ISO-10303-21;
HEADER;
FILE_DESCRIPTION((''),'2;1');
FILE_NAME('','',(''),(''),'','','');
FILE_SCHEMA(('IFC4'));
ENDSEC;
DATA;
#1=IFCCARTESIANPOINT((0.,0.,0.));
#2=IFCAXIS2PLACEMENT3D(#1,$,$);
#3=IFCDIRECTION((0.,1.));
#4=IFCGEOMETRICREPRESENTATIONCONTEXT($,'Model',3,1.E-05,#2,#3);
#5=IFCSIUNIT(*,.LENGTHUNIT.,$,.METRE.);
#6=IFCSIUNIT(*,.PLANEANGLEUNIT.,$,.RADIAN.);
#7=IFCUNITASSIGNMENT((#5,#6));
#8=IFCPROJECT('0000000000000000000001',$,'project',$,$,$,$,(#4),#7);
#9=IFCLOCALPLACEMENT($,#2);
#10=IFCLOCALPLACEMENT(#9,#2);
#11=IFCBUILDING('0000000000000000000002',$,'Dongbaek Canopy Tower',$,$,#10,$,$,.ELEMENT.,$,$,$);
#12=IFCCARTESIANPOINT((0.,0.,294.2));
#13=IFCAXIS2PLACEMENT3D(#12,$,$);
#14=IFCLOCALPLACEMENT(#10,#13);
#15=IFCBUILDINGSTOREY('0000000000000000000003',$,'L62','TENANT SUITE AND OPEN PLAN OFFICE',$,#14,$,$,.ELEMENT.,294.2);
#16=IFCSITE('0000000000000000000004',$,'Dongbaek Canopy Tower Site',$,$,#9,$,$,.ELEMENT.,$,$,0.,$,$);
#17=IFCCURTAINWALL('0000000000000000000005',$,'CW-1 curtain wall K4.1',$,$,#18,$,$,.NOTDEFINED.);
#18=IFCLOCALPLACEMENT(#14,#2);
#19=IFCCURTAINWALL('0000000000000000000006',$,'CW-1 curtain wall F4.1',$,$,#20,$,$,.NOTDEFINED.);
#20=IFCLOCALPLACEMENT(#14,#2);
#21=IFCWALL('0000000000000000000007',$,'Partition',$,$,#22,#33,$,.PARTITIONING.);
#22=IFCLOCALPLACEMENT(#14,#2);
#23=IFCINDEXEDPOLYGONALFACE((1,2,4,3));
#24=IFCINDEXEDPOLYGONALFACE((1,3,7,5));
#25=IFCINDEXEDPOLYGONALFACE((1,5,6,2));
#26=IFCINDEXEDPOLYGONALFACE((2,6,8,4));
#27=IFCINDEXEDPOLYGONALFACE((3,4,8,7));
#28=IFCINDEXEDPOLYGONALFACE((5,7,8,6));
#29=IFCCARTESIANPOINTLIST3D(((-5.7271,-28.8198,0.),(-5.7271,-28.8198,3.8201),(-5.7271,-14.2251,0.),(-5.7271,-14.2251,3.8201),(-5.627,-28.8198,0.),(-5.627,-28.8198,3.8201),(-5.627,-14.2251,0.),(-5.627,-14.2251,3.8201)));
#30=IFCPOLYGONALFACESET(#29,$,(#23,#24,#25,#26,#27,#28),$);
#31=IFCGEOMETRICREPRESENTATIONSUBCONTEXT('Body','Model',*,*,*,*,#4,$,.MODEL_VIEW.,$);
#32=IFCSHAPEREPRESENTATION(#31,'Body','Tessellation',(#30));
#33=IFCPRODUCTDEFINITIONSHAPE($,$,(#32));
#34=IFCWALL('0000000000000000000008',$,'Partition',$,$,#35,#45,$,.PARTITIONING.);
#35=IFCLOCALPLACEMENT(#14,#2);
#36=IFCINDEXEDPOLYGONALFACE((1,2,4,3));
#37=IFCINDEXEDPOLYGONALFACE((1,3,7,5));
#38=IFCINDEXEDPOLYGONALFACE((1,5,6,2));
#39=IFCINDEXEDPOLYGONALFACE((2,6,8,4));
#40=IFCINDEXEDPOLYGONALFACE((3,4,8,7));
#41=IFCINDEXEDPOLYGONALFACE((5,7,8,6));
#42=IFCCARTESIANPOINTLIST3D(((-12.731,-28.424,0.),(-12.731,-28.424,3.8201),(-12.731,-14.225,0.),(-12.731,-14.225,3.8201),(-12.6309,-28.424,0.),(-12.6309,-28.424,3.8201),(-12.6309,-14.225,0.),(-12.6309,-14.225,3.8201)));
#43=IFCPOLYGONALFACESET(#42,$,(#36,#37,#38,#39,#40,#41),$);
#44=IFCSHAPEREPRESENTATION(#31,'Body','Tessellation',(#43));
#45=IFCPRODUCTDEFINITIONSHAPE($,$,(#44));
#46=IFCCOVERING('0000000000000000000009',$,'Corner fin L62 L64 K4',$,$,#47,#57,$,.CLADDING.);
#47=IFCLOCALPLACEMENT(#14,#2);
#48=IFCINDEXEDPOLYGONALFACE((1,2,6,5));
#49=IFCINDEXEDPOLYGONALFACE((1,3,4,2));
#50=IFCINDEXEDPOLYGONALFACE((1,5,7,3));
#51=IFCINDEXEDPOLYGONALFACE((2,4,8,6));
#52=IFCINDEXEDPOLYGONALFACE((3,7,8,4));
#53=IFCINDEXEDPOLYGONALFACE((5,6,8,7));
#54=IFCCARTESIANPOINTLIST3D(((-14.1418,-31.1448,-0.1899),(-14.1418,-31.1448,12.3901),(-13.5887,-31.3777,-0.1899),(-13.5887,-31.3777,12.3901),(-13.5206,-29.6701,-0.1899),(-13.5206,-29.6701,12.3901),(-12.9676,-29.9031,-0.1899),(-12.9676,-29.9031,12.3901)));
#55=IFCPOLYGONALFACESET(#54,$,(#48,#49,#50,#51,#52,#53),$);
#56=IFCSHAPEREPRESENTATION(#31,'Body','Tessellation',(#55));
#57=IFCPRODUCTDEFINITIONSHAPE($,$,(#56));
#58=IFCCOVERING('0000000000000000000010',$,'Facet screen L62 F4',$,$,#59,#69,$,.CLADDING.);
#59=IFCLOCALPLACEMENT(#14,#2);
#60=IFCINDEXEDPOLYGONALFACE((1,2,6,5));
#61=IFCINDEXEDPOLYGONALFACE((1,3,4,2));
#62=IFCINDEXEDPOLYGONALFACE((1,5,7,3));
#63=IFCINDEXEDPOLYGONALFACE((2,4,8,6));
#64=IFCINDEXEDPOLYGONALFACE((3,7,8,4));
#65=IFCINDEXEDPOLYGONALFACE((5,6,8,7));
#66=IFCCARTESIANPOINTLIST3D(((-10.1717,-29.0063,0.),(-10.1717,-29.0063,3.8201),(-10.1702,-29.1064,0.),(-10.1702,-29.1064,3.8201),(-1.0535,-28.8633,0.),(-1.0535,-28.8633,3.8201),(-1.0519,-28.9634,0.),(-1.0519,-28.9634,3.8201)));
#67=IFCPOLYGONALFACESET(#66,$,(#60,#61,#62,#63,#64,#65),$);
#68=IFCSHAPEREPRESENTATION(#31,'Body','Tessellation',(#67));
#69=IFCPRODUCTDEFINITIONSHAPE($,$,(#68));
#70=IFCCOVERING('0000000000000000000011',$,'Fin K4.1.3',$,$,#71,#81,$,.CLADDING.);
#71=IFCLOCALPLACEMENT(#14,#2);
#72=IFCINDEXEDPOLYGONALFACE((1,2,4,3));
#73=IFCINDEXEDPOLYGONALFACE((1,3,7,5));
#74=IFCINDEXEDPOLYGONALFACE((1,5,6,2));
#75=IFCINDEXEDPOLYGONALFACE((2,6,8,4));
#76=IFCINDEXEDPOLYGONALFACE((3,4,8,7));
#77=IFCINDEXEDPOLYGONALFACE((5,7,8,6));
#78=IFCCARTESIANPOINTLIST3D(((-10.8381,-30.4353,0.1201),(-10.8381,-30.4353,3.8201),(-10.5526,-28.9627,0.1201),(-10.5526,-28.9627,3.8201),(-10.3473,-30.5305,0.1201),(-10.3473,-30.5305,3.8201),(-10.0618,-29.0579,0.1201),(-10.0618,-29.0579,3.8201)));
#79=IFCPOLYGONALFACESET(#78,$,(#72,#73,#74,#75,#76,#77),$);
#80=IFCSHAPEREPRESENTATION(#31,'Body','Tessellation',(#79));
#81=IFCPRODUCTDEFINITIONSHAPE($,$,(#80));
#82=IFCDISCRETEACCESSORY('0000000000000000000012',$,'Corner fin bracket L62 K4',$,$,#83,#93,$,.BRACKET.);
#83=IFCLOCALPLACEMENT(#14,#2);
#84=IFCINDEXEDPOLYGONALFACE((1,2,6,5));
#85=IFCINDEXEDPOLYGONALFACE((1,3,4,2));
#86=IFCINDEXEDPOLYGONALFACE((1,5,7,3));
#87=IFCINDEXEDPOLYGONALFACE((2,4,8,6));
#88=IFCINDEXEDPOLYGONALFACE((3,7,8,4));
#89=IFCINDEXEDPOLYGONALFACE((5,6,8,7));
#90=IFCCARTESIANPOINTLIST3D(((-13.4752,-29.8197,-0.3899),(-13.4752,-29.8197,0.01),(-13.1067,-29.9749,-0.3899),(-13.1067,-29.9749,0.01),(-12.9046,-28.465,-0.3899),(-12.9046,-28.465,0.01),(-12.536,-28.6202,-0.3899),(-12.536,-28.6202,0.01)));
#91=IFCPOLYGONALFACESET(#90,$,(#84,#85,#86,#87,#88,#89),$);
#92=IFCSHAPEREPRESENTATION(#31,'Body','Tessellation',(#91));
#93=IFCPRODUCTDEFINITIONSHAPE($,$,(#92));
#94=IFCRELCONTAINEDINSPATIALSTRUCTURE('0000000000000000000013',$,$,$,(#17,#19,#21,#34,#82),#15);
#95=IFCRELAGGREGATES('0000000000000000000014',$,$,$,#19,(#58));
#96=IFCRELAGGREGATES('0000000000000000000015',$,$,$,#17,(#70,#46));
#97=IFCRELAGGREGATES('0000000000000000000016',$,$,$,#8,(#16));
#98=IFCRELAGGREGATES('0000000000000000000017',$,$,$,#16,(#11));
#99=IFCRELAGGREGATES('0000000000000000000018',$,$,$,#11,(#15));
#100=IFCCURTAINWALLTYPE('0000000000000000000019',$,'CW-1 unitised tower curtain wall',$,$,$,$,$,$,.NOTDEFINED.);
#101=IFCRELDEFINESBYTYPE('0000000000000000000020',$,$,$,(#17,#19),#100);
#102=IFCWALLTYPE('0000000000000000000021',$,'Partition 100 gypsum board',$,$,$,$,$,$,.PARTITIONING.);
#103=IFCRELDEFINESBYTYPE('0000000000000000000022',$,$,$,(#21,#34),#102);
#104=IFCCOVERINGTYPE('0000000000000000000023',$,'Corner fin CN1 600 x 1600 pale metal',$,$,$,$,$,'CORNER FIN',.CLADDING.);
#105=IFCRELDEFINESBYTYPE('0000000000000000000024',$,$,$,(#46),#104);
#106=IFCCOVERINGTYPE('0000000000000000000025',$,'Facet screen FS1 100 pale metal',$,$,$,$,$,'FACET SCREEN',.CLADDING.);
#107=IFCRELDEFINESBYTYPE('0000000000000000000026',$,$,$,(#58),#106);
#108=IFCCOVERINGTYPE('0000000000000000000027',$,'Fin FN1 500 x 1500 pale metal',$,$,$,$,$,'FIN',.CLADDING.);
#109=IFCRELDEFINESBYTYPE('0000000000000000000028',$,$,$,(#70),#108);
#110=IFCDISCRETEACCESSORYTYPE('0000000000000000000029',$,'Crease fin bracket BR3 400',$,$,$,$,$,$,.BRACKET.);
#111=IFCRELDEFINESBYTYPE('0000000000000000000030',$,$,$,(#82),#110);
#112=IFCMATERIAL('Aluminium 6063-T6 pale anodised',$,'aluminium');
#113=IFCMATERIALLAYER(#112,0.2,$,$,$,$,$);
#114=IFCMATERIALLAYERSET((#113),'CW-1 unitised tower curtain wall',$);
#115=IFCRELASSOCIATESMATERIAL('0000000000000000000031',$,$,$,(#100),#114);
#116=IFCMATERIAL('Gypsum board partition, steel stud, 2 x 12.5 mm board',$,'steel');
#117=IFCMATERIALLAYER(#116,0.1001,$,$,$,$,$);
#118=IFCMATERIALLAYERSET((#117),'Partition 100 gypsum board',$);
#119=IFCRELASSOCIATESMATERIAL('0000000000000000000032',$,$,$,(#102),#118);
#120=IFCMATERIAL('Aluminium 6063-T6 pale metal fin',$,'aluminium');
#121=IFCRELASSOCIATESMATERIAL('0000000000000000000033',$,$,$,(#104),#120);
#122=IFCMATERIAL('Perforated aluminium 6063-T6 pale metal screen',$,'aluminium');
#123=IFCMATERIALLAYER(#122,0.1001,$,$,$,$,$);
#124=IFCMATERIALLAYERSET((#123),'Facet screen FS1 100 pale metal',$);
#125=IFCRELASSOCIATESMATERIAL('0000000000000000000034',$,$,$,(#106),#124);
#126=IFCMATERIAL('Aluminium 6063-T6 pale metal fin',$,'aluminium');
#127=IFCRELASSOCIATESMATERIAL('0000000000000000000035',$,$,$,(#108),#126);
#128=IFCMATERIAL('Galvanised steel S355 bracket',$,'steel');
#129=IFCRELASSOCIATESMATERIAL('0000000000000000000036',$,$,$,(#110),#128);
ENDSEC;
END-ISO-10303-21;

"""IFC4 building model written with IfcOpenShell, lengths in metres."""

from ifc_helpers import new_model, si_unit, direction, frame, frame_2d, origin, origin_2d, place, context, subcontext, project, spatial, rectangle, extrude, material, layer, layer_set, material_profile, profile_set, type_object, element, aggregate, save


model = new_model("IFC4")

# Units and contexts
model_context = context("Model", 3, precision=1e-05, world=origin(), true_north=direction((0.0, 1.0)))
body_context = subcontext(model_context, "Body", "Model", "MODEL_VIEW")
ifc_project = project(units=[si_unit("LENGTHUNIT", "METRE"), si_unit("PLANEANGLEUNIT", "RADIAN")], contexts=[model_context])

# Site, building, storey
site_placement = place(None, origin())
site = spatial("IfcSite", under=ifc_project, at=site_placement, Name="Dongbaek Canopy Tower Site", CompositionType="ELEMENT", RefElevation=0.0)
building_placement = place(site_placement, origin())
building = spatial("IfcBuilding", under=site, at=building_placement, Name="Dongbaek Canopy Tower", CompositionType="ELEMENT")
storey_placement = place(building_placement, frame((0.0, 0.0, 294.2)))
storey = spatial("IfcBuildingStorey", under=building, at=storey_placement, Name="L62", Description="TENANT SUITE AND OPEN PLAN OFFICE", CompositionType="ELEMENT", Elevation=294.2)

# Curtain walls
ifc_material_1 = material(Name="Aluminium 6063-T6 pale anodised", Category="aluminium")
ifc_layer_1 = layer(ifc_material_1, 0.2)
ifc_layer_set_1 = layer_set([ifc_layer_1], Name="CW-1 unitised tower curtain wall")
curtain_wall_type = type_object("IfcCurtainWallType", Name="CW-1 unitised tower curtain wall", PredefinedType="NOTDEFINED", material=ifc_layer_set_1)
curtain_wall_1_placement = place(storey_placement, origin())
curtain_wall_1 = element("IfcCurtainWall", 1, at=curtain_wall_1_placement, inside=storey, type_object=curtain_wall_type, Name="CW-1 curtain wall K4.1", PredefinedType="NOTDEFINED")
curtain_wall_2_placement = place(storey_placement, origin())
curtain_wall_2 = element("IfcCurtainWall", 2, at=curtain_wall_2_placement, inside=storey, type_object=curtain_wall_type, Name="CW-1 curtain wall F4.1", PredefinedType="NOTDEFINED")

# Walls
ifc_material_2 = material(Name="Gypsum board partition, steel stud, 2 x 12.5 mm board", Category="steel")
ifc_layer_2 = layer(ifc_material_2, 0.1001)
ifc_layer_set_2 = layer_set([ifc_layer_2], Name="Partition 100 gypsum board")
wall_type_1 = type_object("IfcWallType", Name="Partition 100 gypsum board", PredefinedType="PARTITIONING", material=ifc_layer_set_2)
wall_1_placement = place(storey_placement, frame((-5.677, -28.8198, 0.0), z_axis=(0.0, 0.0, 1.0), x_axis=(0.0, 1.0, 0.0)))
element("IfcWall", 3, at=wall_1_placement, inside=storey, type_object=wall_type_1, Name="Partition", PredefinedType="PARTITIONING", context=body_context, shape_type="SweptSolid", body=[
    extrude(rectangle(XDim=14.5947, YDim=0.1001, at=frame_2d((7.2974, 0.0))), origin(), (0.0, 0.0, 1.0), 3.8201),
])
wall_2_placement = place(storey_placement, frame((-12.6809, -28.4241, 0.0), z_axis=(0.0, 0.0, 1.0), x_axis=(0.0, 1.0, 0.0)))
element("IfcWall", 4, at=wall_2_placement, inside=storey, type_object=wall_type_1, Name="Partition", PredefinedType="PARTITIONING", context=body_context, shape_type="SweptSolid", body=[
    extrude(rectangle(XDim=14.199, YDim=0.1001, at=frame_2d((7.0996, 0.0))), origin(), (0.0, 0.0, 1.0), 3.8201),
])

# Coverings
ifc_material_3 = material(Name="Aluminium 6063-T6 pale metal fin", Category="aluminium")
ifc_material_profile_1 = material_profile(ifc_material_3, rectangle(XDim=1.6001, YDim=0.6001, at=origin_2d()), Name="Corner fin CN1 600 x 1600 pale metal")
ifc_profile_set_1 = profile_set([ifc_material_profile_1], Name="Aluminium 6063-T6 pale metal fin")
covering_type_1 = type_object("IfcCoveringType", Name="Corner fin CN1 600 x 1600 pale metal", ElementType="CORNER FIN", PredefinedType="CLADDING", material=ifc_profile_set_1)
covering_1_placement = place(storey_placement, frame((-13.5547, -30.5239, -0.1899), z_axis=(0.0, 0.0, 1.0), x_axis=(-0.388183, -0.921582, 0.0)))
covering_1 = element("IfcCovering", 5, at=covering_1_placement, type_object=covering_type_1, Name="Corner fin L62 L64 K4", PredefinedType="CLADDING", context=body_context, shape_type="SweptSolid", body=[
    extrude(rectangle(XDim=1.6001, YDim=0.6001, at=origin_2d()), origin(), (0.0, 0.0, 1.0), 12.5801),
])
ifc_material_4 = material(Name="Perforated aluminium 6063-T6 pale metal screen", Category="aluminium")
ifc_layer_3 = layer(ifc_material_4, 0.1001)
ifc_layer_set_3 = layer_set([ifc_layer_3], Name="Facet screen FS1 100 pale metal")
covering_type_2 = type_object("IfcCoveringType", Name="Facet screen FS1 100 pale metal", ElementType="FACET SCREEN", PredefinedType="CLADDING", material=ifc_layer_set_3)
covering_2_placement = place(storey_placement, frame((-5.6118, -28.9849, 0.0), z_axis=(0.0, 0.0, 1.0), x_axis=(0.999877, 0.015685, 0.0)))
covering_2 = element("IfcCovering", 6, at=covering_2_placement, type_object=covering_type_2, Name="Facet screen L62 F4", PredefinedType="CLADDING", context=body_context, shape_type="SweptSolid", body=[
    extrude(rectangle(XDim=9.1194, YDim=0.1001, at=origin_2d()), origin(), (0.0, 0.0, 1.0), 3.8201),
])
aggregate(curtain_wall_2, [covering_2])
ifc_material_5 = material(Name="Aluminium 6063-T6 pale metal fin", Category="aluminium")
ifc_material_profile_2 = material_profile(ifc_material_5, rectangle(XDim=1.5, YDim=0.5, at=origin_2d()), Name="Fin FN1 500 x 1500 pale metal")
ifc_profile_set_2 = profile_set([ifc_material_profile_2], Name="Aluminium 6063-T6 pale metal fin")
covering_type_3 = type_object("IfcCoveringType", Name="Fin FN1 500 x 1500 pale metal", ElementType="FIN", PredefinedType="CLADDING", material=ifc_profile_set_2)
covering_3_placement = place(storey_placement, frame((-10.45, -29.7466, 0.1201), z_axis=(0.0, 0.0, 1.0), x_axis=(-0.190319, -0.981722, 0.0)))
covering_3 = element("IfcCovering", 7, at=covering_3_placement, type_object=covering_type_3, Name="Fin K4.1.3", PredefinedType="CLADDING", context=body_context, shape_type="SweptSolid", body=[
    extrude(rectangle(XDim=1.5, YDim=0.5, at=origin_2d()), origin(), (0.0, 0.0, 1.0), 3.7),
])
aggregate(curtain_wall_1, [covering_3, covering_1])

# Discrete accessory
ifc_material_6 = material(Name="Galvanised steel S355 bracket", Category="steel")
discrete_accessory_type = type_object("IfcDiscreteAccessoryType", Name="Crease fin bracket BR3 400", PredefinedType="BRACKET", material=ifc_material_6)
discrete_accessory_placement = place(storey_placement, frame((-13.0056, -29.22, -0.3899), z_axis=(0.0, 0.0, 1.0), x_axis=(-0.388183, -0.921582, 0.0)))
element("IfcDiscreteAccessory", 8, at=discrete_accessory_placement, inside=storey, type_object=discrete_accessory_type, Name="Corner fin bracket L62 K4", PredefinedType="BRACKET", context=body_context, shape_type="SweptSolid", body=[
    extrude(rectangle(XDim=1.47, YDim=0.3999, at=origin_2d()), origin(), (0.0, 0.0, 1.0), 0.3999),
])

save(model, "model.ifc")
